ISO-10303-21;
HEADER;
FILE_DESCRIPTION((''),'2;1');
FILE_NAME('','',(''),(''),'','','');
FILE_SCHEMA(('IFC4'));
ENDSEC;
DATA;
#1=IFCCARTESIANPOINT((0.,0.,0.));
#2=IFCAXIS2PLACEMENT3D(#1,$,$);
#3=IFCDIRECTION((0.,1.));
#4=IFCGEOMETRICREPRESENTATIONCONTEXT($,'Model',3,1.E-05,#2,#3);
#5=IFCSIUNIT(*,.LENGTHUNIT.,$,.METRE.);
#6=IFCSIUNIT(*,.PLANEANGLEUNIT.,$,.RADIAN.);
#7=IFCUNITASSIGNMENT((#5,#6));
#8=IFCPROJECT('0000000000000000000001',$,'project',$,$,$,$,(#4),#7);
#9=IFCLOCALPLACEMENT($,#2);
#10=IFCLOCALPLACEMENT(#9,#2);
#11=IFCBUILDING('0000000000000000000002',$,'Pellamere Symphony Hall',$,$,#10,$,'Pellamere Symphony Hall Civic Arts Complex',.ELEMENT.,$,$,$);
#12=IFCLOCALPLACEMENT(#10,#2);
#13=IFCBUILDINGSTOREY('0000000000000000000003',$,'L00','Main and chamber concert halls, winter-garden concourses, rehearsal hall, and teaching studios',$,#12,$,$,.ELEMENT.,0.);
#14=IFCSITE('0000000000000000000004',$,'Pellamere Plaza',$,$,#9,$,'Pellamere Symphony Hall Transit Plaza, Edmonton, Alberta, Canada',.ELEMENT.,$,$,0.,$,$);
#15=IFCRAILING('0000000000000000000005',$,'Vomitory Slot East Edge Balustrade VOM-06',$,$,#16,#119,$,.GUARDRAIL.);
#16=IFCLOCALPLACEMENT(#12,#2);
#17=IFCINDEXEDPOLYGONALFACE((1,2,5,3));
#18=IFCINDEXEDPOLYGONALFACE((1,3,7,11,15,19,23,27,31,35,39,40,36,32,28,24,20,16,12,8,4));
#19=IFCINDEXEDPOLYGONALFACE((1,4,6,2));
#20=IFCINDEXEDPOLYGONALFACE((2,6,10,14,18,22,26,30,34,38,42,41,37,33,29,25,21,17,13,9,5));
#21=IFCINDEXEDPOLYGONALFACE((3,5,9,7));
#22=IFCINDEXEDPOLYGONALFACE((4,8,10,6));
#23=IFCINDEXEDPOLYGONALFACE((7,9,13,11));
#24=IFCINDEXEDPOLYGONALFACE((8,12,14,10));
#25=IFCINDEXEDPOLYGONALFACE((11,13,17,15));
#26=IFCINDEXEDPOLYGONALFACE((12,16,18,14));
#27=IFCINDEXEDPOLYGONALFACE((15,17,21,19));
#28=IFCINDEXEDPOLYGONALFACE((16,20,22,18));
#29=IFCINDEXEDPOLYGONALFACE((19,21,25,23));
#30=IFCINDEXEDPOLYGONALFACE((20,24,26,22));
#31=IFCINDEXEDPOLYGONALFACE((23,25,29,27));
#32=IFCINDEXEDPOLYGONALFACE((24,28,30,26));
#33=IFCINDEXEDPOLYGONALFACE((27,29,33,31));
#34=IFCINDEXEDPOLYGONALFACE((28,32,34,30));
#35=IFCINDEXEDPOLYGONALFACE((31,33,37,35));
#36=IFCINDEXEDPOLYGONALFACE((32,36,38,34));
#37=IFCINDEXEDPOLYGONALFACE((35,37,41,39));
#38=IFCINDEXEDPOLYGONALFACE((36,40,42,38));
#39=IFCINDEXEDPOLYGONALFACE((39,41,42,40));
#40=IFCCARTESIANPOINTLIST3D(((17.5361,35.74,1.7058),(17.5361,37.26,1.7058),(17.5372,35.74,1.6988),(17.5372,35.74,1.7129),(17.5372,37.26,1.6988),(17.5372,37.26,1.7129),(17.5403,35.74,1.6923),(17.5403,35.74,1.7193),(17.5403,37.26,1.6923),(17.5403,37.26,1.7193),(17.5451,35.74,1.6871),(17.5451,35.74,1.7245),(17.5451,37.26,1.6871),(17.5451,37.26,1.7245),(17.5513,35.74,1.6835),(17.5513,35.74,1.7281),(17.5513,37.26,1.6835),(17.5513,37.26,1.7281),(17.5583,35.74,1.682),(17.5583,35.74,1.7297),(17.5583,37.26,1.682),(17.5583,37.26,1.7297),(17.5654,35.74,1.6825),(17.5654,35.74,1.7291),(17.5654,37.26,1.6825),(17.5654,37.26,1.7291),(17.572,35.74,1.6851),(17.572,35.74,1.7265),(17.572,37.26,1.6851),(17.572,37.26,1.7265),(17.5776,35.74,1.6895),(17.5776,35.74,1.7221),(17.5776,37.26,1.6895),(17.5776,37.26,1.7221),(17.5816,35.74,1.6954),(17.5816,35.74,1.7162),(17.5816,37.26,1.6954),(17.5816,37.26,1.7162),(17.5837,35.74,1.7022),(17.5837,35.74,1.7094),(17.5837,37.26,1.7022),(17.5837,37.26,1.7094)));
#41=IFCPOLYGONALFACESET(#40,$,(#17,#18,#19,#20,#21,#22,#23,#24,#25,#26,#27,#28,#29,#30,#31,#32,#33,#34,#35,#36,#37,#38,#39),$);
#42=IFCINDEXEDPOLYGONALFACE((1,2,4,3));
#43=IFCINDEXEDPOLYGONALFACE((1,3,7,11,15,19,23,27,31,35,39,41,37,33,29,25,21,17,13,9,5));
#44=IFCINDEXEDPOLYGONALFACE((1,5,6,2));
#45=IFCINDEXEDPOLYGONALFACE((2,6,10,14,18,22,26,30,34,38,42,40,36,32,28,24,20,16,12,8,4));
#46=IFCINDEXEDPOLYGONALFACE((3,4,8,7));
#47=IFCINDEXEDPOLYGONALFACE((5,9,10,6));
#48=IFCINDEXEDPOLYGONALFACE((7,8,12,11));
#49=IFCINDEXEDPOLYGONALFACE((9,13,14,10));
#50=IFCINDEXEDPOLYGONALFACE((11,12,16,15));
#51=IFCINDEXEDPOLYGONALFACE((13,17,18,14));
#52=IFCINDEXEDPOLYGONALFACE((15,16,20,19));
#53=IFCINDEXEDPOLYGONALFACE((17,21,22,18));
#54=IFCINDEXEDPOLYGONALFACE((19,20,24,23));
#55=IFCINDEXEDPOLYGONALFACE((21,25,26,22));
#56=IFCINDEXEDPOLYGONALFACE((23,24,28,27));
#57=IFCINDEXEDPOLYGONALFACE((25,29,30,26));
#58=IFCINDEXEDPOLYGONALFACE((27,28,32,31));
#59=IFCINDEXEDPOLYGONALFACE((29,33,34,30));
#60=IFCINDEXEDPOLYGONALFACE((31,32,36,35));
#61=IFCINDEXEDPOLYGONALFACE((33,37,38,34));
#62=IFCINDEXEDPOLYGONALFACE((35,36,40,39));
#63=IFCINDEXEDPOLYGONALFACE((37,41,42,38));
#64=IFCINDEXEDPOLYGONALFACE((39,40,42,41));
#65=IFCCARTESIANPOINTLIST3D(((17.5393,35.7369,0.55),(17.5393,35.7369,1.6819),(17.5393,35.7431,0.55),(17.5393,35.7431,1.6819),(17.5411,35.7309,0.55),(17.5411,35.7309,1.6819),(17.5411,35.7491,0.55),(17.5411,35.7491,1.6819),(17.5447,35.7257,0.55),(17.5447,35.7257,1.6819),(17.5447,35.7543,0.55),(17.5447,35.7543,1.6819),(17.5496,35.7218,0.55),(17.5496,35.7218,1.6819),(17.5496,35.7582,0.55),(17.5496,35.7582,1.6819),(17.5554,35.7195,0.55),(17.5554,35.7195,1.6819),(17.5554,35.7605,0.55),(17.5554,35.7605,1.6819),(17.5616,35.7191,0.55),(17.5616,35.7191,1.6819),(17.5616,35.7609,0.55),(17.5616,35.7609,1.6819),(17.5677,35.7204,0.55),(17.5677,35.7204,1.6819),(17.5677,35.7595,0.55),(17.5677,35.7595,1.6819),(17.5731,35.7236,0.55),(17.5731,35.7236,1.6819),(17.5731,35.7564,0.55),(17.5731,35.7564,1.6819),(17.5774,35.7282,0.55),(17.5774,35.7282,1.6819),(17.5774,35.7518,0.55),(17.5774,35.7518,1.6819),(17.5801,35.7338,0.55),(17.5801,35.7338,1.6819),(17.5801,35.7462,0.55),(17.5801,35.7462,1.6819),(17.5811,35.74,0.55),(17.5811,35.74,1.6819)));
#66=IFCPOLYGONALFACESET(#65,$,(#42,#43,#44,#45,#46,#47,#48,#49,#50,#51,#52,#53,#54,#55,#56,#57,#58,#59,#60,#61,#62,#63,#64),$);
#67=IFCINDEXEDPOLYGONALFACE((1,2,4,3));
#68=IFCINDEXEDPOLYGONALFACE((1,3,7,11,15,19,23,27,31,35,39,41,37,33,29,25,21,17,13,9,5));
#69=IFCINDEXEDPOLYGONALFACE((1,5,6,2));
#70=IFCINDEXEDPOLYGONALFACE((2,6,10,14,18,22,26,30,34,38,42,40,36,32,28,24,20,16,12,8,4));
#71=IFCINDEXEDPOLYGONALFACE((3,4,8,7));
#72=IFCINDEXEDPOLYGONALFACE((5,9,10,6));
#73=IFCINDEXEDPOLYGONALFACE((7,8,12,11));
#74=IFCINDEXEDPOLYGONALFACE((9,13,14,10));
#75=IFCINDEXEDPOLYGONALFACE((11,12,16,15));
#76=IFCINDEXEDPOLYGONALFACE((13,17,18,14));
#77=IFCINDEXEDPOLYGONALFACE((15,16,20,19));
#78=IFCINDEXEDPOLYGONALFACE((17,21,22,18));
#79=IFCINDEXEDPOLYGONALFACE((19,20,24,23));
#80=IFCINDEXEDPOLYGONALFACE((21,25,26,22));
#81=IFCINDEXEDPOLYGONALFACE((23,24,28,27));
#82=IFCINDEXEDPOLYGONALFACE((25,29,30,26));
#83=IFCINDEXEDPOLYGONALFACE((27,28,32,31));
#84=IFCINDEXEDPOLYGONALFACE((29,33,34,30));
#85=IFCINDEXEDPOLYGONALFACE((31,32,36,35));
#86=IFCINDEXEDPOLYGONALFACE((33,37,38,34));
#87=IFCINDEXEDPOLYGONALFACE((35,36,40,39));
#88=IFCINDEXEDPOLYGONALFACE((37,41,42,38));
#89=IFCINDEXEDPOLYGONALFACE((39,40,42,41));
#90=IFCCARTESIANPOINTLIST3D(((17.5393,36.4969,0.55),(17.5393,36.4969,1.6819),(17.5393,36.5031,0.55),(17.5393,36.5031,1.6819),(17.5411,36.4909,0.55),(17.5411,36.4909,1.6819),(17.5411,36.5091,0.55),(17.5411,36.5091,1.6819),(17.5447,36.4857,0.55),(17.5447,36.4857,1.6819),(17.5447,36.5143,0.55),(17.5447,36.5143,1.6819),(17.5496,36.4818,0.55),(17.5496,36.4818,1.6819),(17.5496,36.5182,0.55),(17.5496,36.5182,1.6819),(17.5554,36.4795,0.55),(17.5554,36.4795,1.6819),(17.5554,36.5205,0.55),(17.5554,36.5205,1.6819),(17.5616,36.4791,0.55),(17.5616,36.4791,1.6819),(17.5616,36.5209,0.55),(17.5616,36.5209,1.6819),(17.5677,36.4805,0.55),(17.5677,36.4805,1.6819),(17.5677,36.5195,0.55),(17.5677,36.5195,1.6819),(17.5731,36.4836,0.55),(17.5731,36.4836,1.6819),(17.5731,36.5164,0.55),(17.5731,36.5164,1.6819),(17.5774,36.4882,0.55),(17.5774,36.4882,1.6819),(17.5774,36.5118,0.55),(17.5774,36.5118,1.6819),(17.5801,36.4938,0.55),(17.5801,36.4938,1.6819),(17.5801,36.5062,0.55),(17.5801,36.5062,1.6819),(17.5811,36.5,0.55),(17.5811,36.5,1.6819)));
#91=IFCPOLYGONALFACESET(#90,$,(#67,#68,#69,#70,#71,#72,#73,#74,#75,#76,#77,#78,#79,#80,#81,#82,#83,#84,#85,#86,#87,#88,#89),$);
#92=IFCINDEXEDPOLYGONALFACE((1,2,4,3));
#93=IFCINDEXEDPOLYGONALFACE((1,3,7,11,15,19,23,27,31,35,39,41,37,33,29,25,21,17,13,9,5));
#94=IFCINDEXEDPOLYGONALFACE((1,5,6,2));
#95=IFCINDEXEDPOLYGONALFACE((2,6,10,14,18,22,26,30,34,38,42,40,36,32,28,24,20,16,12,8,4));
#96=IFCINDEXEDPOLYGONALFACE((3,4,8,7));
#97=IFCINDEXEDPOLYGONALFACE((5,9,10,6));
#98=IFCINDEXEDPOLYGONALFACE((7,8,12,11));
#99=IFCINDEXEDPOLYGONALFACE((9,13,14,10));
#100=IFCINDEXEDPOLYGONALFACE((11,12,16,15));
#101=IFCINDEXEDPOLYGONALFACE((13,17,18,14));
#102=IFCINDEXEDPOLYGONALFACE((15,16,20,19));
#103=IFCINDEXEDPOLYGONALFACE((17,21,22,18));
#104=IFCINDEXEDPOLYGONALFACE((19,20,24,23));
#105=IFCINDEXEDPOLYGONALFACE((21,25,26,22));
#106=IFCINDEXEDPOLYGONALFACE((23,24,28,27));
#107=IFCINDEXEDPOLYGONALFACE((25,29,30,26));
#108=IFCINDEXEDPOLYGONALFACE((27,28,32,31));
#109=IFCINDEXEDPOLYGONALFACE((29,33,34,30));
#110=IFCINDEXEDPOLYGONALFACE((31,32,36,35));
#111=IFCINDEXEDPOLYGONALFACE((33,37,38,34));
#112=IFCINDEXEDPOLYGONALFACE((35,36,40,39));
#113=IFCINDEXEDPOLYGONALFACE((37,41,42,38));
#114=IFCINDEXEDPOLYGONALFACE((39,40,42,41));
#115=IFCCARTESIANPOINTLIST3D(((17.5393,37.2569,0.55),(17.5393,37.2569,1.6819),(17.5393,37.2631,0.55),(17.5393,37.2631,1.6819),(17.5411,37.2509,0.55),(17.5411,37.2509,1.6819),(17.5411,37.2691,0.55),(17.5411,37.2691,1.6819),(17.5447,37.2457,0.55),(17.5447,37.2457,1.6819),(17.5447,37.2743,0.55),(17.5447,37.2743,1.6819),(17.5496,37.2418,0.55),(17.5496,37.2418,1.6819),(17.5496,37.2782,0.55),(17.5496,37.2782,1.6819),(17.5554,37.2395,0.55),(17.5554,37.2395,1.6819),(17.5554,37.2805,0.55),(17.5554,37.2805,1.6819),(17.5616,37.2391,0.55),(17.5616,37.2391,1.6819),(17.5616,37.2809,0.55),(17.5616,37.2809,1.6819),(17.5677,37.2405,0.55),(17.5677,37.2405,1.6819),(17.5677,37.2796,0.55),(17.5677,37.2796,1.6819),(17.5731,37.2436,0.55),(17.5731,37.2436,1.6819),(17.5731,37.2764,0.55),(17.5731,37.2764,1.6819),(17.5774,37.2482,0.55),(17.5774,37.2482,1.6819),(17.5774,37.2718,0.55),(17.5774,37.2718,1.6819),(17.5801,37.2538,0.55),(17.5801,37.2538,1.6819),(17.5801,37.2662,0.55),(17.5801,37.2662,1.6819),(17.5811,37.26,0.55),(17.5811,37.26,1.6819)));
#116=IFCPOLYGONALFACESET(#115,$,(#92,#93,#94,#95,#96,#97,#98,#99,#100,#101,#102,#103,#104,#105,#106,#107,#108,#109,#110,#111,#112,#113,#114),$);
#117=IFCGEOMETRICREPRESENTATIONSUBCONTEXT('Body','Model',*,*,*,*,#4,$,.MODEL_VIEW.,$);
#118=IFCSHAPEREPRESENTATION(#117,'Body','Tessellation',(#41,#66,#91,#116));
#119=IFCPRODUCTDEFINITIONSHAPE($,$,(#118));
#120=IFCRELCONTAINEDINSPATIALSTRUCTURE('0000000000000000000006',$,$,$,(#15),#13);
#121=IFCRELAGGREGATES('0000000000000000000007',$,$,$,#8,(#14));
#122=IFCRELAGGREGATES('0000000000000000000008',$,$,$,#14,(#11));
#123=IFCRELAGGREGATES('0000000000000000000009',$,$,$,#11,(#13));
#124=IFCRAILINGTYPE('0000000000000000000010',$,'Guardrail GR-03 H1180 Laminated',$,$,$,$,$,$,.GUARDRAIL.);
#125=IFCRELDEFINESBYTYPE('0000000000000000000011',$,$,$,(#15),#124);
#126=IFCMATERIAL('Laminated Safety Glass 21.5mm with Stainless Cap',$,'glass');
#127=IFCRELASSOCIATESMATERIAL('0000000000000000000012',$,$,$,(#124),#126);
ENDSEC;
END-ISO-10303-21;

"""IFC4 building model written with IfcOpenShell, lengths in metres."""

from ifc_helpers import new_model, si_unit, direction, frame, origin, origin_2d, place, context, subcontext, project, spatial, circle, extrude, material, type_object, element, save


model = new_model("IFC4")

# Units and contexts
model_context = context("Model", 3, precision=1e-05, world=origin(), true_north=direction((0.0, 1.0)))
body_context = subcontext(model_context, "Body", "Model", "MODEL_VIEW")
ifc_project = project(units=[si_unit("LENGTHUNIT", "METRE"), si_unit("PLANEANGLEUNIT", "RADIAN")], contexts=[model_context])

# Site, building, storey
site_placement = place(None, origin())
site = spatial("IfcSite", under=ifc_project, at=site_placement, Name="Pellamere Plaza", LongName="Pellamere Symphony Hall Transit Plaza, Edmonton, Alberta, Canada", CompositionType="ELEMENT", RefElevation=0.0)
building_placement = place(site_placement, origin())
building = spatial("IfcBuilding", under=site, at=building_placement, Name="Pellamere Symphony Hall", LongName="Pellamere Symphony Hall Civic Arts Complex", CompositionType="ELEMENT")
storey_placement = place(building_placement, origin())
storey = spatial("IfcBuildingStorey", under=building, at=storey_placement, Name="L00", Description="Main and chamber concert halls, winter-garden concourses, rehearsal hall, and teaching studios", CompositionType="ELEMENT", Elevation=0.0)

# Railing
ifc_material_1 = material(Name="Laminated Safety Glass 21.5mm with Stainless Cap", Category="glass")
railing_type_1 = type_object("IfcRailingType", Name="Guardrail GR-03 H1180 Laminated", PredefinedType="GUARDRAIL", material=ifc_material_1)
railing_1_placement = place(storey_placement, frame((17.5601, 35.74, 0.55)))
element("IfcRailing", 1, at=railing_1_placement, inside=storey, type_object=railing_type_1, Name="Vomitory Slot East Edge Balustrade VOM-06", PredefinedType="GUARDRAIL", context=body_context, shape_type="SweptSolid", body=[
    extrude(circle(Radius=0.0239, at=origin_2d()), frame((0.0, 0.0, 1.1558), z_axis=(0.0, 1.0, 0.0), x_axis=(-1.0, 0.0, 0.0)), (0.0, 0.0, 1.0), 1.52),
    extrude(circle(Radius=0.021, at=origin_2d()), origin(), (0.0, 0.0, 1.0), 1.1318),
    extrude(circle(Radius=0.021, at=origin_2d()), frame((0.0, 0.76, 0.0)), (0.0, 0.0, 1.0), 1.1318),
    extrude(circle(Radius=0.021, at=origin_2d()), frame((0.0, 1.52, 0.0)), (0.0, 0.0, 1.0), 1.1318),
])

save(model, "model.ifc")
